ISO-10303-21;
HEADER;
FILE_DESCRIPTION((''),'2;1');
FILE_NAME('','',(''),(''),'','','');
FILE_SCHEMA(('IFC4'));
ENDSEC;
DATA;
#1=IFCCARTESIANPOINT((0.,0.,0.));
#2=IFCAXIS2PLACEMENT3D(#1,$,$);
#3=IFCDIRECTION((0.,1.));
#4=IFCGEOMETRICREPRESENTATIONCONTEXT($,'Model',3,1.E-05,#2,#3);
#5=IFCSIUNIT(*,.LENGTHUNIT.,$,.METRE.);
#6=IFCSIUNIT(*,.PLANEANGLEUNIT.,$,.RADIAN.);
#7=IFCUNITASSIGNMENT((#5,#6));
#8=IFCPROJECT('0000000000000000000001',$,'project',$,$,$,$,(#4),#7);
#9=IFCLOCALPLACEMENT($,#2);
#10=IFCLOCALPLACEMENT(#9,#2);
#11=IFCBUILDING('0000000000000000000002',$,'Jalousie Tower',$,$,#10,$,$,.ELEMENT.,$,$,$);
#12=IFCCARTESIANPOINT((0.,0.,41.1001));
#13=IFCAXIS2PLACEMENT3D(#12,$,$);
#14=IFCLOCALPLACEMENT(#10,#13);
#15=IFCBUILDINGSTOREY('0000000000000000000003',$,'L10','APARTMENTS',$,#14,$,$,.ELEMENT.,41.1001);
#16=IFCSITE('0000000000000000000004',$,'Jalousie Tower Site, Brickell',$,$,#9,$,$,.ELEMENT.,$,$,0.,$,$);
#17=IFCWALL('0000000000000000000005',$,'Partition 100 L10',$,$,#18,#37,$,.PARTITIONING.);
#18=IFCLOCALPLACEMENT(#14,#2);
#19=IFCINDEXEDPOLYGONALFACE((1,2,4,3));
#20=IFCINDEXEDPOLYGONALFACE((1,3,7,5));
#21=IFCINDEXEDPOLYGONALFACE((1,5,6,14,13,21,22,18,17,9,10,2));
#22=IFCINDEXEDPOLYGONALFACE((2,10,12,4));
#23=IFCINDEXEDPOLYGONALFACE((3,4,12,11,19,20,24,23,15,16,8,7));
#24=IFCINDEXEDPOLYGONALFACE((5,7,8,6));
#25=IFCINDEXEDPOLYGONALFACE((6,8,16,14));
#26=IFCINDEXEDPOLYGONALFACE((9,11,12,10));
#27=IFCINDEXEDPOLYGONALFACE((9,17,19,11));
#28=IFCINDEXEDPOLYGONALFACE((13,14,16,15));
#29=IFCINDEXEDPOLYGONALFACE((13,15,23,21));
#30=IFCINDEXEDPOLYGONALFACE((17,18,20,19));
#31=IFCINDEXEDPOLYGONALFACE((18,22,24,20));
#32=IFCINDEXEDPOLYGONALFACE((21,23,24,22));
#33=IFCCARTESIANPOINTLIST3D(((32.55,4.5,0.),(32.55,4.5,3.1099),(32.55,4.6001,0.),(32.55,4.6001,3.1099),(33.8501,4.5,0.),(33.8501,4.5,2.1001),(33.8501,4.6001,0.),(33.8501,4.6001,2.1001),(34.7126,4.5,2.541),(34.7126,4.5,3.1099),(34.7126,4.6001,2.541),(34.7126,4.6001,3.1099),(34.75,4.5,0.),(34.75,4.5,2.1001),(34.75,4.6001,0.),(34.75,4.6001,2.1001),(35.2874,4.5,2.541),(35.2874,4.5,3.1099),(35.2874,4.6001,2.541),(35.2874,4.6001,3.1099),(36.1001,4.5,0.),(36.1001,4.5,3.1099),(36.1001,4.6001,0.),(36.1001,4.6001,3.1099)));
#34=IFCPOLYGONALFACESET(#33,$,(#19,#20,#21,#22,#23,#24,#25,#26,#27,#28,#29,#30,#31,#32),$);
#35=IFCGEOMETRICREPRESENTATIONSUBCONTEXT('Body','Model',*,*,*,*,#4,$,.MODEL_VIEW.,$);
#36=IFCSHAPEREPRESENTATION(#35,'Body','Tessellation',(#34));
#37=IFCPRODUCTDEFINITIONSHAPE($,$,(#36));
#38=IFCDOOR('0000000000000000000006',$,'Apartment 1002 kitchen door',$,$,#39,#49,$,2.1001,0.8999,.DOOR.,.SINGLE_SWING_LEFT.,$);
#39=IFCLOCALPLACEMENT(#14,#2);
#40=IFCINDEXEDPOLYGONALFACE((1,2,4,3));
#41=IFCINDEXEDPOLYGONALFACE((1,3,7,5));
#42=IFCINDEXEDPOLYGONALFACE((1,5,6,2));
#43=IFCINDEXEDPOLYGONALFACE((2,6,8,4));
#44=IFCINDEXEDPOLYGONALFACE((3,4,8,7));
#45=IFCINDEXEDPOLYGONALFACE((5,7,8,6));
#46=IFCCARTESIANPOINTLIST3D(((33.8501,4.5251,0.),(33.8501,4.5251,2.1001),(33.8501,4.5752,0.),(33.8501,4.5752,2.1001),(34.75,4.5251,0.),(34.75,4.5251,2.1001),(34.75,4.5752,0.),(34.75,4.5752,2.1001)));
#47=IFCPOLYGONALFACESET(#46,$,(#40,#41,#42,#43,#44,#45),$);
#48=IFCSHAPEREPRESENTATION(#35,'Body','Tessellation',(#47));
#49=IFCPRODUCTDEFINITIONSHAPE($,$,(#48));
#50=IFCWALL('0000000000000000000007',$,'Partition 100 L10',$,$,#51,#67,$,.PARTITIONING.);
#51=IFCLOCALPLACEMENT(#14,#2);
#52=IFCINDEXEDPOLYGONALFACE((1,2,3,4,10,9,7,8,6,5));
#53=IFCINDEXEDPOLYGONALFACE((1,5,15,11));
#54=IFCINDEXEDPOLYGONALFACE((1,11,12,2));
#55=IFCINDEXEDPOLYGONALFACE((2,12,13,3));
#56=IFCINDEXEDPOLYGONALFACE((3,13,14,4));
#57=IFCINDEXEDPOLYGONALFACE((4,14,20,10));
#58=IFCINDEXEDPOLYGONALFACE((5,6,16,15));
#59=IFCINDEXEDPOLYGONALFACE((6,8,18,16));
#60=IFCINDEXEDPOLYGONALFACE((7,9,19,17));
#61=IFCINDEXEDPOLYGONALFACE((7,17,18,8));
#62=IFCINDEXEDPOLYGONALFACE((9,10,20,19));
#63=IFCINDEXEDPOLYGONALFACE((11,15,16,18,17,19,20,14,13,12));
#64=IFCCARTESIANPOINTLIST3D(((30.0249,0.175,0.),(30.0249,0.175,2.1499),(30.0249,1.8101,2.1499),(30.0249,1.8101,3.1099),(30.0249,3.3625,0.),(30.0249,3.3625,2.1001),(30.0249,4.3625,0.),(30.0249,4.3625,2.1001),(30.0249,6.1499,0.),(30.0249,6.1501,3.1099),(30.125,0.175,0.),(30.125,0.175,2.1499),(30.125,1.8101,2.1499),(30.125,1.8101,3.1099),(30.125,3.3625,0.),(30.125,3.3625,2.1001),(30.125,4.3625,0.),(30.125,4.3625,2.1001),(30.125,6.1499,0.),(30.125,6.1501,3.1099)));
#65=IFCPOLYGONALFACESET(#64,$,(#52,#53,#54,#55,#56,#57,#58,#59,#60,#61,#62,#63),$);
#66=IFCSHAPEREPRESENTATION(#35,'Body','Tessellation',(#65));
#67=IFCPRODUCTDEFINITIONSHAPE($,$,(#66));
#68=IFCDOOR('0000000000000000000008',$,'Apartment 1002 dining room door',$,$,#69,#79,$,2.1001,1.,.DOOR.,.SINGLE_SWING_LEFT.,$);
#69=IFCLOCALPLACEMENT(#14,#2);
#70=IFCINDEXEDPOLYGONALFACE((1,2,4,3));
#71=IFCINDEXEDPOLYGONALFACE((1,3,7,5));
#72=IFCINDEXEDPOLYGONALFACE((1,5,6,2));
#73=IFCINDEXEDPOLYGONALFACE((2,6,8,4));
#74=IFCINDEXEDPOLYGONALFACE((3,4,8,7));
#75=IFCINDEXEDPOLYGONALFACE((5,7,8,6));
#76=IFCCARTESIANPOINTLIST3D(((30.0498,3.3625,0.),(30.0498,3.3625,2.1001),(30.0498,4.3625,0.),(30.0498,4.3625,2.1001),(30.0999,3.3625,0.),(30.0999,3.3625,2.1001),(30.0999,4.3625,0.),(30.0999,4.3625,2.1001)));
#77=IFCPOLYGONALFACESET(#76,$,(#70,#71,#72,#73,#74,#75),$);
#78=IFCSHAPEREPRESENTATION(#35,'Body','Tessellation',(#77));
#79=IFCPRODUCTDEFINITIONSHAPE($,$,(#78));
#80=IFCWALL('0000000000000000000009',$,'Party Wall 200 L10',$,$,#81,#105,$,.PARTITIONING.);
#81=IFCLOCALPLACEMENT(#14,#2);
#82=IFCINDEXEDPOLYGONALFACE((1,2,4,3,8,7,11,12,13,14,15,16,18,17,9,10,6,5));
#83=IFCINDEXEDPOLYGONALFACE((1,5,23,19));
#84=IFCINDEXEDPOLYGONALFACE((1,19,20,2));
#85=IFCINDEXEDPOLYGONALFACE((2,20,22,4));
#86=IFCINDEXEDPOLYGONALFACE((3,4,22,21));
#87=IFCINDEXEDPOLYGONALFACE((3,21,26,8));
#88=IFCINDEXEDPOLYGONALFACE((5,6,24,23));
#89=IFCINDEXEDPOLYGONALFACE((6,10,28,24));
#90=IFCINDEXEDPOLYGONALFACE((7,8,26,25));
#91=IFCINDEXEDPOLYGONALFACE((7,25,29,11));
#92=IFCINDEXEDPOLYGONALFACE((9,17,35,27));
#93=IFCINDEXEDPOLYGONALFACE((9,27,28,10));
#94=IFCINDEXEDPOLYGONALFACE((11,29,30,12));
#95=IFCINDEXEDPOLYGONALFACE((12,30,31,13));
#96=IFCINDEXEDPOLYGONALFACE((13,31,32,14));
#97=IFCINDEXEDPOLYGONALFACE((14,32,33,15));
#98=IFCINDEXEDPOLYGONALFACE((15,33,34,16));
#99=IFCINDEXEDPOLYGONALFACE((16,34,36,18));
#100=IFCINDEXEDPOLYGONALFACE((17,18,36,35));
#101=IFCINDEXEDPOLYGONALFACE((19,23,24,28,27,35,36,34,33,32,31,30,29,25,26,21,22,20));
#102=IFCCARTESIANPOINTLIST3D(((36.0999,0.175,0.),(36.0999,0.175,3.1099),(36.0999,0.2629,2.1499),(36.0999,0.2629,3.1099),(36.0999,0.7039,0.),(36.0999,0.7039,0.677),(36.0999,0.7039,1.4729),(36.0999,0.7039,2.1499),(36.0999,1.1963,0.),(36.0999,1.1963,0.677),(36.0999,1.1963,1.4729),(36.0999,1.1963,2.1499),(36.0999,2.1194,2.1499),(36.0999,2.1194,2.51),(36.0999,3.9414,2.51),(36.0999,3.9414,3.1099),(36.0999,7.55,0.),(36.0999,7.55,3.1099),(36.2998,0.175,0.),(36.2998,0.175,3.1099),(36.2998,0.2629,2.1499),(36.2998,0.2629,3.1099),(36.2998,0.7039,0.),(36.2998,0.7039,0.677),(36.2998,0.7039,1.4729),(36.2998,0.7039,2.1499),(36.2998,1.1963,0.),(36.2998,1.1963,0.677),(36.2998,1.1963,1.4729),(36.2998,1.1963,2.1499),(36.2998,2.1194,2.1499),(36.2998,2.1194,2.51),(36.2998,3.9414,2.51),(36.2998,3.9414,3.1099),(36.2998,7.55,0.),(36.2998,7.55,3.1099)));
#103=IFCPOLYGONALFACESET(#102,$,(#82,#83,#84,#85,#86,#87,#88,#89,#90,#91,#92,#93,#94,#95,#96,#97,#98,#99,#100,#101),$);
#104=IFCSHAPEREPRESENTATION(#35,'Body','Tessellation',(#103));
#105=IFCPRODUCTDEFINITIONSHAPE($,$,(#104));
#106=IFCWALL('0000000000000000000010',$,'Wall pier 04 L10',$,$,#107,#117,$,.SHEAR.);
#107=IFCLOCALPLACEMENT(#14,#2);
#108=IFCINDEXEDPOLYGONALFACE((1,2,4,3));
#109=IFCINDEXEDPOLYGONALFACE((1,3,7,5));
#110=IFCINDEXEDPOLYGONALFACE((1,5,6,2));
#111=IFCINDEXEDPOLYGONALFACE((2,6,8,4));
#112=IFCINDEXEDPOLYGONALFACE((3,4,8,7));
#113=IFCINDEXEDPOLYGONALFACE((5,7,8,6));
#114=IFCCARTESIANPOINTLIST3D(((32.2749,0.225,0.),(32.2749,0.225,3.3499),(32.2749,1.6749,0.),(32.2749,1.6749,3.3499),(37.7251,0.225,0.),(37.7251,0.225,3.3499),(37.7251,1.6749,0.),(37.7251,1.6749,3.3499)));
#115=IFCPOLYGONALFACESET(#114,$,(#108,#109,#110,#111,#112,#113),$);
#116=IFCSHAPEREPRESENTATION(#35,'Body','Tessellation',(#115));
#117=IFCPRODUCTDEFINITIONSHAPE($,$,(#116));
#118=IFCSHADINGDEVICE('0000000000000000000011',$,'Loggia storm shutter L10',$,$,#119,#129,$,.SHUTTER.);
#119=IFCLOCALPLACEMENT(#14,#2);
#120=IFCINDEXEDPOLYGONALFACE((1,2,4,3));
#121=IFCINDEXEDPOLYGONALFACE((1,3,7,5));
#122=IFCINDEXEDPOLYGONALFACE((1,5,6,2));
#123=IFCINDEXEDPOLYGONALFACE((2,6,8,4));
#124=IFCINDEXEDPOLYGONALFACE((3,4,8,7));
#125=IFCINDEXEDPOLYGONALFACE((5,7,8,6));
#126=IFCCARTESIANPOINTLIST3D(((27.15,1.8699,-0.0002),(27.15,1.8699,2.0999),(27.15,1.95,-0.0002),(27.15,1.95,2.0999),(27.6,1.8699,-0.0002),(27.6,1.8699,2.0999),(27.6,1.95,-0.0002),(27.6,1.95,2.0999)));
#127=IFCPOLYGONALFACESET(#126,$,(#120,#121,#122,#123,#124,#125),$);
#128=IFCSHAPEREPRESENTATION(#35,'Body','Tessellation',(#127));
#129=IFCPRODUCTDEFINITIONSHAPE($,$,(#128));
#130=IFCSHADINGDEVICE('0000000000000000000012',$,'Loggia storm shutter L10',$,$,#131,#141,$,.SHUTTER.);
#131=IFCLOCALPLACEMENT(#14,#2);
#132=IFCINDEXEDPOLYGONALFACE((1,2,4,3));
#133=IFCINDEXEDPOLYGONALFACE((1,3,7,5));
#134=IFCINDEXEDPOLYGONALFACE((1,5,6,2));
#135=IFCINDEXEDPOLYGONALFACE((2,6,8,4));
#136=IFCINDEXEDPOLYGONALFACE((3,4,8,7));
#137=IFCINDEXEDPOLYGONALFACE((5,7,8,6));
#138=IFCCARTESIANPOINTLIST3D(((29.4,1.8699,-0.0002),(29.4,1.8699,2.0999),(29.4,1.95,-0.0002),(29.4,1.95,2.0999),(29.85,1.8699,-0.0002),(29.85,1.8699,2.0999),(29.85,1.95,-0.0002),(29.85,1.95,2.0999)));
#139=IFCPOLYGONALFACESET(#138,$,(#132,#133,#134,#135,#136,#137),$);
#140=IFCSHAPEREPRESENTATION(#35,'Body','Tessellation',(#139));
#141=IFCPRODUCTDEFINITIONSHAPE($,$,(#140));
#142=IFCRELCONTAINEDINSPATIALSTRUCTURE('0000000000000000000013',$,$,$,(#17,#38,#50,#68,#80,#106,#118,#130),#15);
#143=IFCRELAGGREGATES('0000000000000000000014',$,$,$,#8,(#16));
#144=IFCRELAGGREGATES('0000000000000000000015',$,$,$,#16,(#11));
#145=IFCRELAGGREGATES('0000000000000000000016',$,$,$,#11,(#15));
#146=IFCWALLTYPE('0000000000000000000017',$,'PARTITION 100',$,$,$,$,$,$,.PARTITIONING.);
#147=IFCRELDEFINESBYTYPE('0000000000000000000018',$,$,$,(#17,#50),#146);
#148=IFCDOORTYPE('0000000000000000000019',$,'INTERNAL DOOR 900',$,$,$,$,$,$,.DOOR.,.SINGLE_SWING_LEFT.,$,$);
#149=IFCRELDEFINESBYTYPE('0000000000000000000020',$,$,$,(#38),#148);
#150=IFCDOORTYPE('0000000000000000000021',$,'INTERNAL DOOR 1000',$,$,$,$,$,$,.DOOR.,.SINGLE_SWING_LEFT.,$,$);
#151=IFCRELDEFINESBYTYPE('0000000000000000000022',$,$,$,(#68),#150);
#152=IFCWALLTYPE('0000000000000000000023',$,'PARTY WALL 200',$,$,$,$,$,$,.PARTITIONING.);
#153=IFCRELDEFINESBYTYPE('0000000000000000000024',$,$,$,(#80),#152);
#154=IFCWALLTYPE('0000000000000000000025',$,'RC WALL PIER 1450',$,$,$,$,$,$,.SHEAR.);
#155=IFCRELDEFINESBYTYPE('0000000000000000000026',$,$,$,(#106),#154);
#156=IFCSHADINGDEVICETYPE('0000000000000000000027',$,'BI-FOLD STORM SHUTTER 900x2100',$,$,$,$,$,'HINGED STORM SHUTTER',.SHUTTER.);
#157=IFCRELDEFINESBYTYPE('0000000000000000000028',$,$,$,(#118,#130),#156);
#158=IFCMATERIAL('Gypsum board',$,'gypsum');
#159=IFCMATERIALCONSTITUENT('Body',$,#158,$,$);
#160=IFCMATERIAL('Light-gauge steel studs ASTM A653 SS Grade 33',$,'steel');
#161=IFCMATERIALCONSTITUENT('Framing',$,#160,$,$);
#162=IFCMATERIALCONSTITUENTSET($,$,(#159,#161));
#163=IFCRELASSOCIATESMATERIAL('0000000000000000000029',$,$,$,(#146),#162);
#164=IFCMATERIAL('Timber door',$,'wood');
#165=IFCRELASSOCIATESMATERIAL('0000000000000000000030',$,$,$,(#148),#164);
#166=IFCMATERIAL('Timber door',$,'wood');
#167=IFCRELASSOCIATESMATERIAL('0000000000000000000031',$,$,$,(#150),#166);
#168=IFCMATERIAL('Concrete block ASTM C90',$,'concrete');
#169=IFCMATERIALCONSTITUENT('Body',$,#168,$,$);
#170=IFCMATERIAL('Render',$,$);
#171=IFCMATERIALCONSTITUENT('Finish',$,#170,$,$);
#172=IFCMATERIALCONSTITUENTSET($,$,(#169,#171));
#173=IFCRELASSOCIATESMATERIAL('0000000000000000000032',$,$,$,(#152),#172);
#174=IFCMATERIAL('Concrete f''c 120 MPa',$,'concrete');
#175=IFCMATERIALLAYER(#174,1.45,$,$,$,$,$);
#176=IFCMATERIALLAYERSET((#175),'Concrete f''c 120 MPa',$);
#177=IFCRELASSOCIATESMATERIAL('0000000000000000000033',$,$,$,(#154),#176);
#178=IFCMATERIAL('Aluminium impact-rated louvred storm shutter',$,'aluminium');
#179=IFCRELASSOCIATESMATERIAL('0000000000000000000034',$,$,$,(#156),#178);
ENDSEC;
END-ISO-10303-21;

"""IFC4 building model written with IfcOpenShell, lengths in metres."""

from ifc_helpers import new_model, si_unit, direction, frame, frame_2d, origin, origin_2d, place, context, subcontext, project, spatial, polyline, rectangle, outline, extrude, material, layer, layer_set, constituent, constituent_set, type_object, element, fill, save


model = new_model("IFC4")

# Units and contexts
model_context = context("Model", 3, precision=1e-05, world=origin(), true_north=direction((0.0, 1.0)))
body_context = subcontext(model_context, "Body", "Model", "MODEL_VIEW")
ifc_project = project(units=[si_unit("LENGTHUNIT", "METRE"), si_unit("PLANEANGLEUNIT", "RADIAN")], contexts=[model_context])

# Site, building, storey
site_placement = place(None, origin())
site = spatial("IfcSite", under=ifc_project, at=site_placement, Name="Jalousie Tower Site, Brickell", CompositionType="ELEMENT", RefElevation=0.0)
building_placement = place(site_placement, origin())
building = spatial("IfcBuilding", under=site, at=building_placement, Name="Jalousie Tower", CompositionType="ELEMENT")
storey_placement = place(building_placement, frame((0.0, 0.0, 41.1001)))
storey = spatial("IfcBuildingStorey", under=building, at=storey_placement, Name="L10", Description="APARTMENTS", CompositionType="ELEMENT", Elevation=41.1001)

# Walls, openings, doors
ifc_material_1 = material(Name="Gypsum board", Category="gypsum")
ifc_constituent_1 = constituent(ifc_material_1, Name="Body")
ifc_material_2 = material(Name="Light-gauge steel studs ASTM A653 SS Grade 33", Category="steel")
ifc_constituent_2 = constituent(ifc_material_2, Name="Framing")
ifc_constituent_set_1 = constituent_set(constituents=[ifc_constituent_1, ifc_constituent_2])
wall_type_1 = type_object("IfcWallType", Name="PARTITION 100", PredefinedType="PARTITIONING", material=ifc_constituent_set_1)
wall_1_placement = place(storey_placement, frame((32.55, 4.55, 0.0), z_axis=(0.0, 0.0, 1.0), x_axis=(1.0, 0.0, 0.0)))
wall_1 = element("IfcWall", 1, at=wall_1_placement, inside=storey, type_object=wall_type_1, Name="Partition 100 L10", PredefinedType="PARTITIONING", context=body_context, shape_type="SweptSolid", body=[
    extrude(outline(polyline([(0.0, 0.0), (3.55, 0.0), (3.55, 3.1099), (2.7373, 3.1099), (2.7373, 2.541), (2.1626, 2.541), (2.1626, 3.1099), (0.0, 3.1099), (0.0, 0.0)])), frame((0.0, 0.05, 0.0), z_axis=(0.0, -1.0, 0.0), x_axis=(1.0, 0.0, 0.0)), (0.0, 0.0, 1.0), 0.1001),
])
opening_1_placement = place(wall_1_placement, frame((1.3, 0.0, 0.0)))
opening_1 = element("IfcOpeningElement", 2, at=opening_1_placement, cuts=wall_1, PredefinedType="OPENING", context=body_context, shape_type="SweptSolid", body=[
    extrude(rectangle(XDim=0.8999, YDim=2.1001, at=frame_2d((0.45, 1.05))), frame((0.0, 0.0601, 0.0), z_axis=(0.0, -1.0, 0.0), x_axis=(1.0, 0.0, 0.0)), (0.0, 0.0, 1.0), 0.1201),
])
ifc_material_3 = material(Name="Timber door", Category="wood")
door_type_1 = type_object("IfcDoorType", Name="INTERNAL DOOR 900", OperationType="SINGLE_SWING_LEFT", PredefinedType="DOOR", material=ifc_material_3)
door_1_placement = place(opening_1_placement, frame((0.8999, 0.0, 0.0), z_axis=(0.0, 0.0, 1.0), x_axis=(-1.0, 0.0, 0.0)))
door_1 = element("IfcDoor", 3, at=door_1_placement, inside=storey, type_object=door_type_1, Name="Apartment 1002 kitchen door", OperationType="SINGLE_SWING_LEFT", OverallHeight=2.1001, OverallWidth=0.8999, PredefinedType="DOOR", context=body_context, shape_type="SweptSolid", body=[
    extrude(rectangle(XDim=0.8999, YDim=2.1001, at=frame_2d((0.45, 1.05))), frame((0.0, 0.0249, 0.0), z_axis=(0.0, -1.0, 0.0), x_axis=(1.0, 0.0, 0.0)), (0.0, 0.0, 1.0), 0.05),
])
fill(opening_1, door_1)
wall_2_placement = place(storey_placement, frame((30.075, 0.175, 0.0), z_axis=(0.0, 0.0, 1.0), x_axis=(0.0, 1.0, 0.0)))
wall_2 = element("IfcWall", 4, at=wall_2_placement, inside=storey, type_object=wall_type_1, Name="Partition 100 L10", PredefinedType="PARTITIONING", context=body_context, shape_type="SweptSolid", body=[
    extrude(outline(polyline([(0.0, 0.0), (5.9749, 0.0), (5.9751, 3.1099), (1.635, 3.1099), (1.635, 2.1499), (0.0, 2.1499), (0.0, 3.1099), (0.0, 0.0)])), frame((0.0, 0.05, 0.0), z_axis=(0.0, -1.0, 0.0), x_axis=(1.0, 0.0, 0.0)), (0.0, 0.0, 1.0), 0.1001),
])
opening_2_placement = place(wall_2_placement, frame((3.1875, 0.0, 0.0)))
opening_2 = element("IfcOpeningElement", 5, at=opening_2_placement, cuts=wall_2, PredefinedType="OPENING", context=body_context, shape_type="SweptSolid", body=[
    extrude(rectangle(XDim=1.0, YDim=2.1001, at=frame_2d((0.5, 1.05))), frame((0.0, 0.0601, 0.0), z_axis=(0.0, -1.0, 0.0), x_axis=(1.0, 0.0, 0.0)), (0.0, 0.0, 1.0), 0.1201),
])
ifc_material_4 = material(Name="Timber door", Category="wood")
door_type_2 = type_object("IfcDoorType", Name="INTERNAL DOOR 1000", OperationType="SINGLE_SWING_LEFT", PredefinedType="DOOR", material=ifc_material_4)
door_2_placement = place(opening_2_placement, frame((1.0, 0.0, 0.0), z_axis=(0.0, 0.0, 1.0), x_axis=(-1.0, 0.0, 0.0)))
door_2 = element("IfcDoor", 6, at=door_2_placement, inside=storey, type_object=door_type_2, Name="Apartment 1002 dining room door", OperationType="SINGLE_SWING_LEFT", OverallHeight=2.1001, OverallWidth=1.0, PredefinedType="DOOR", context=body_context, shape_type="SweptSolid", body=[
    extrude(rectangle(XDim=1.0, YDim=2.1001, at=frame_2d((0.5, 1.05))), frame((0.0, 0.0249, 0.0), z_axis=(0.0, -1.0, 0.0), x_axis=(1.0, 0.0, 0.0)), (0.0, 0.0, 1.0), 0.05),
])
fill(opening_2, door_2)

# Walls
ifc_material_5 = material(Name="Concrete block ASTM C90", Category="concrete")
ifc_constituent_3 = constituent(ifc_material_5, Name="Body")
ifc_material_6 = material(Name="Render")
ifc_constituent_4 = constituent(ifc_material_6, Name="Finish")
ifc_constituent_set_2 = constituent_set(constituents=[ifc_constituent_3, ifc_constituent_4])
wall_type_2 = type_object("IfcWallType", Name="PARTY WALL 200", PredefinedType="PARTITIONING", material=ifc_constituent_set_2)
wall_3_placement = place(storey_placement, frame((36.2, 0.175, 0.0), z_axis=(0.0, 0.0, 1.0), x_axis=(0.0, 1.0, 0.0)))
element("IfcWall", 7, at=wall_3_placement, inside=storey, type_object=wall_type_2, Name="Party Wall 200 L10", PredefinedType="PARTITIONING", context=body_context, shape_type="SweptSolid", body=[
    extrude(outline(polyline([(0.0879, 3.1099), (0.0, 3.1099), (0.0, 0.0), (0.5288, 0.0), (0.5288, 0.677), (1.0212, 0.677), (1.0212, 0.0), (7.375, 0.0), (7.375, 3.1099), (3.7664, 3.1099), (3.7664, 2.51), (1.9443, 2.51), (1.9443, 2.1499), (1.0212, 2.1499), (1.0212, 1.4729), (0.5288, 1.4729), (0.5288, 2.1499), (0.0879, 2.1499), (0.0879, 3.1099)])), frame((0.0, 0.1001, 0.0), z_axis=(0.0, -1.0, 0.0), x_axis=(1.0, 0.0, 0.0)), (0.0, 0.0, 1.0), 0.2),
])
ifc_material_7 = material(Name="Concrete f'c 120 MPa", Category="concrete")
ifc_layer_1 = layer(ifc_material_7, 1.45)
ifc_layer_set_1 = layer_set([ifc_layer_1], Name="Concrete f'c 120 MPa")
wall_type_3 = type_object("IfcWallType", Name="RC WALL PIER 1450", PredefinedType="SHEAR", material=ifc_layer_set_1)
wall_4_placement = place(storey_placement, frame((32.2749, 0.95, 0.0), z_axis=(0.0, 0.0, 1.0), x_axis=(1.0, 0.0, 0.0)))
element("IfcWall", 8, at=wall_4_placement, inside=storey, type_object=wall_type_3, Name="Wall pier 04 L10", PredefinedType="SHEAR", context=body_context, shape_type="SweptSolid", body=[
    extrude(rectangle(XDim=5.4502, YDim=1.45, at=frame_2d((2.7251, 0.0))), origin(), (0.0, 0.0, 1.0), 3.3499),
])

# Shading devices
ifc_material_8 = material(Name="Aluminium impact-rated louvred storm shutter", Category="aluminium")
shading_device_type_1 = type_object("IfcShadingDeviceType", Name="BI-FOLD STORM SHUTTER 900x2100", ElementType="HINGED STORM SHUTTER", PredefinedType="SHUTTER", material=ifc_material_8)
for number, where, z_axis, x_axis, name in (
    (9, (27.375, 1.9099, -0.0002), (0.0, 0.0, 1.0), (1.0, 0.0, 0.0), "Loggia storm shutter L10"),
    (10, (29.625, 1.9099, -0.0002), (0.0, 0.0, 1.0), (1.0, 0.0, 0.0), "Loggia storm shutter L10"),
):
    element("IfcShadingDevice", number, at=place(storey_placement, frame(where, z_axis=z_axis, x_axis=x_axis)), inside=storey, type_object=shading_device_type_1, Name=name, PredefinedType="SHUTTER", context=body_context, shape_type="SweptSolid", body=[
        extrude(rectangle(XDim=0.45, YDim=0.0801, at=origin_2d()), origin(), (0.0, 0.0, 1.0), 2.1001),
    ])

save(model, "model.ifc")
